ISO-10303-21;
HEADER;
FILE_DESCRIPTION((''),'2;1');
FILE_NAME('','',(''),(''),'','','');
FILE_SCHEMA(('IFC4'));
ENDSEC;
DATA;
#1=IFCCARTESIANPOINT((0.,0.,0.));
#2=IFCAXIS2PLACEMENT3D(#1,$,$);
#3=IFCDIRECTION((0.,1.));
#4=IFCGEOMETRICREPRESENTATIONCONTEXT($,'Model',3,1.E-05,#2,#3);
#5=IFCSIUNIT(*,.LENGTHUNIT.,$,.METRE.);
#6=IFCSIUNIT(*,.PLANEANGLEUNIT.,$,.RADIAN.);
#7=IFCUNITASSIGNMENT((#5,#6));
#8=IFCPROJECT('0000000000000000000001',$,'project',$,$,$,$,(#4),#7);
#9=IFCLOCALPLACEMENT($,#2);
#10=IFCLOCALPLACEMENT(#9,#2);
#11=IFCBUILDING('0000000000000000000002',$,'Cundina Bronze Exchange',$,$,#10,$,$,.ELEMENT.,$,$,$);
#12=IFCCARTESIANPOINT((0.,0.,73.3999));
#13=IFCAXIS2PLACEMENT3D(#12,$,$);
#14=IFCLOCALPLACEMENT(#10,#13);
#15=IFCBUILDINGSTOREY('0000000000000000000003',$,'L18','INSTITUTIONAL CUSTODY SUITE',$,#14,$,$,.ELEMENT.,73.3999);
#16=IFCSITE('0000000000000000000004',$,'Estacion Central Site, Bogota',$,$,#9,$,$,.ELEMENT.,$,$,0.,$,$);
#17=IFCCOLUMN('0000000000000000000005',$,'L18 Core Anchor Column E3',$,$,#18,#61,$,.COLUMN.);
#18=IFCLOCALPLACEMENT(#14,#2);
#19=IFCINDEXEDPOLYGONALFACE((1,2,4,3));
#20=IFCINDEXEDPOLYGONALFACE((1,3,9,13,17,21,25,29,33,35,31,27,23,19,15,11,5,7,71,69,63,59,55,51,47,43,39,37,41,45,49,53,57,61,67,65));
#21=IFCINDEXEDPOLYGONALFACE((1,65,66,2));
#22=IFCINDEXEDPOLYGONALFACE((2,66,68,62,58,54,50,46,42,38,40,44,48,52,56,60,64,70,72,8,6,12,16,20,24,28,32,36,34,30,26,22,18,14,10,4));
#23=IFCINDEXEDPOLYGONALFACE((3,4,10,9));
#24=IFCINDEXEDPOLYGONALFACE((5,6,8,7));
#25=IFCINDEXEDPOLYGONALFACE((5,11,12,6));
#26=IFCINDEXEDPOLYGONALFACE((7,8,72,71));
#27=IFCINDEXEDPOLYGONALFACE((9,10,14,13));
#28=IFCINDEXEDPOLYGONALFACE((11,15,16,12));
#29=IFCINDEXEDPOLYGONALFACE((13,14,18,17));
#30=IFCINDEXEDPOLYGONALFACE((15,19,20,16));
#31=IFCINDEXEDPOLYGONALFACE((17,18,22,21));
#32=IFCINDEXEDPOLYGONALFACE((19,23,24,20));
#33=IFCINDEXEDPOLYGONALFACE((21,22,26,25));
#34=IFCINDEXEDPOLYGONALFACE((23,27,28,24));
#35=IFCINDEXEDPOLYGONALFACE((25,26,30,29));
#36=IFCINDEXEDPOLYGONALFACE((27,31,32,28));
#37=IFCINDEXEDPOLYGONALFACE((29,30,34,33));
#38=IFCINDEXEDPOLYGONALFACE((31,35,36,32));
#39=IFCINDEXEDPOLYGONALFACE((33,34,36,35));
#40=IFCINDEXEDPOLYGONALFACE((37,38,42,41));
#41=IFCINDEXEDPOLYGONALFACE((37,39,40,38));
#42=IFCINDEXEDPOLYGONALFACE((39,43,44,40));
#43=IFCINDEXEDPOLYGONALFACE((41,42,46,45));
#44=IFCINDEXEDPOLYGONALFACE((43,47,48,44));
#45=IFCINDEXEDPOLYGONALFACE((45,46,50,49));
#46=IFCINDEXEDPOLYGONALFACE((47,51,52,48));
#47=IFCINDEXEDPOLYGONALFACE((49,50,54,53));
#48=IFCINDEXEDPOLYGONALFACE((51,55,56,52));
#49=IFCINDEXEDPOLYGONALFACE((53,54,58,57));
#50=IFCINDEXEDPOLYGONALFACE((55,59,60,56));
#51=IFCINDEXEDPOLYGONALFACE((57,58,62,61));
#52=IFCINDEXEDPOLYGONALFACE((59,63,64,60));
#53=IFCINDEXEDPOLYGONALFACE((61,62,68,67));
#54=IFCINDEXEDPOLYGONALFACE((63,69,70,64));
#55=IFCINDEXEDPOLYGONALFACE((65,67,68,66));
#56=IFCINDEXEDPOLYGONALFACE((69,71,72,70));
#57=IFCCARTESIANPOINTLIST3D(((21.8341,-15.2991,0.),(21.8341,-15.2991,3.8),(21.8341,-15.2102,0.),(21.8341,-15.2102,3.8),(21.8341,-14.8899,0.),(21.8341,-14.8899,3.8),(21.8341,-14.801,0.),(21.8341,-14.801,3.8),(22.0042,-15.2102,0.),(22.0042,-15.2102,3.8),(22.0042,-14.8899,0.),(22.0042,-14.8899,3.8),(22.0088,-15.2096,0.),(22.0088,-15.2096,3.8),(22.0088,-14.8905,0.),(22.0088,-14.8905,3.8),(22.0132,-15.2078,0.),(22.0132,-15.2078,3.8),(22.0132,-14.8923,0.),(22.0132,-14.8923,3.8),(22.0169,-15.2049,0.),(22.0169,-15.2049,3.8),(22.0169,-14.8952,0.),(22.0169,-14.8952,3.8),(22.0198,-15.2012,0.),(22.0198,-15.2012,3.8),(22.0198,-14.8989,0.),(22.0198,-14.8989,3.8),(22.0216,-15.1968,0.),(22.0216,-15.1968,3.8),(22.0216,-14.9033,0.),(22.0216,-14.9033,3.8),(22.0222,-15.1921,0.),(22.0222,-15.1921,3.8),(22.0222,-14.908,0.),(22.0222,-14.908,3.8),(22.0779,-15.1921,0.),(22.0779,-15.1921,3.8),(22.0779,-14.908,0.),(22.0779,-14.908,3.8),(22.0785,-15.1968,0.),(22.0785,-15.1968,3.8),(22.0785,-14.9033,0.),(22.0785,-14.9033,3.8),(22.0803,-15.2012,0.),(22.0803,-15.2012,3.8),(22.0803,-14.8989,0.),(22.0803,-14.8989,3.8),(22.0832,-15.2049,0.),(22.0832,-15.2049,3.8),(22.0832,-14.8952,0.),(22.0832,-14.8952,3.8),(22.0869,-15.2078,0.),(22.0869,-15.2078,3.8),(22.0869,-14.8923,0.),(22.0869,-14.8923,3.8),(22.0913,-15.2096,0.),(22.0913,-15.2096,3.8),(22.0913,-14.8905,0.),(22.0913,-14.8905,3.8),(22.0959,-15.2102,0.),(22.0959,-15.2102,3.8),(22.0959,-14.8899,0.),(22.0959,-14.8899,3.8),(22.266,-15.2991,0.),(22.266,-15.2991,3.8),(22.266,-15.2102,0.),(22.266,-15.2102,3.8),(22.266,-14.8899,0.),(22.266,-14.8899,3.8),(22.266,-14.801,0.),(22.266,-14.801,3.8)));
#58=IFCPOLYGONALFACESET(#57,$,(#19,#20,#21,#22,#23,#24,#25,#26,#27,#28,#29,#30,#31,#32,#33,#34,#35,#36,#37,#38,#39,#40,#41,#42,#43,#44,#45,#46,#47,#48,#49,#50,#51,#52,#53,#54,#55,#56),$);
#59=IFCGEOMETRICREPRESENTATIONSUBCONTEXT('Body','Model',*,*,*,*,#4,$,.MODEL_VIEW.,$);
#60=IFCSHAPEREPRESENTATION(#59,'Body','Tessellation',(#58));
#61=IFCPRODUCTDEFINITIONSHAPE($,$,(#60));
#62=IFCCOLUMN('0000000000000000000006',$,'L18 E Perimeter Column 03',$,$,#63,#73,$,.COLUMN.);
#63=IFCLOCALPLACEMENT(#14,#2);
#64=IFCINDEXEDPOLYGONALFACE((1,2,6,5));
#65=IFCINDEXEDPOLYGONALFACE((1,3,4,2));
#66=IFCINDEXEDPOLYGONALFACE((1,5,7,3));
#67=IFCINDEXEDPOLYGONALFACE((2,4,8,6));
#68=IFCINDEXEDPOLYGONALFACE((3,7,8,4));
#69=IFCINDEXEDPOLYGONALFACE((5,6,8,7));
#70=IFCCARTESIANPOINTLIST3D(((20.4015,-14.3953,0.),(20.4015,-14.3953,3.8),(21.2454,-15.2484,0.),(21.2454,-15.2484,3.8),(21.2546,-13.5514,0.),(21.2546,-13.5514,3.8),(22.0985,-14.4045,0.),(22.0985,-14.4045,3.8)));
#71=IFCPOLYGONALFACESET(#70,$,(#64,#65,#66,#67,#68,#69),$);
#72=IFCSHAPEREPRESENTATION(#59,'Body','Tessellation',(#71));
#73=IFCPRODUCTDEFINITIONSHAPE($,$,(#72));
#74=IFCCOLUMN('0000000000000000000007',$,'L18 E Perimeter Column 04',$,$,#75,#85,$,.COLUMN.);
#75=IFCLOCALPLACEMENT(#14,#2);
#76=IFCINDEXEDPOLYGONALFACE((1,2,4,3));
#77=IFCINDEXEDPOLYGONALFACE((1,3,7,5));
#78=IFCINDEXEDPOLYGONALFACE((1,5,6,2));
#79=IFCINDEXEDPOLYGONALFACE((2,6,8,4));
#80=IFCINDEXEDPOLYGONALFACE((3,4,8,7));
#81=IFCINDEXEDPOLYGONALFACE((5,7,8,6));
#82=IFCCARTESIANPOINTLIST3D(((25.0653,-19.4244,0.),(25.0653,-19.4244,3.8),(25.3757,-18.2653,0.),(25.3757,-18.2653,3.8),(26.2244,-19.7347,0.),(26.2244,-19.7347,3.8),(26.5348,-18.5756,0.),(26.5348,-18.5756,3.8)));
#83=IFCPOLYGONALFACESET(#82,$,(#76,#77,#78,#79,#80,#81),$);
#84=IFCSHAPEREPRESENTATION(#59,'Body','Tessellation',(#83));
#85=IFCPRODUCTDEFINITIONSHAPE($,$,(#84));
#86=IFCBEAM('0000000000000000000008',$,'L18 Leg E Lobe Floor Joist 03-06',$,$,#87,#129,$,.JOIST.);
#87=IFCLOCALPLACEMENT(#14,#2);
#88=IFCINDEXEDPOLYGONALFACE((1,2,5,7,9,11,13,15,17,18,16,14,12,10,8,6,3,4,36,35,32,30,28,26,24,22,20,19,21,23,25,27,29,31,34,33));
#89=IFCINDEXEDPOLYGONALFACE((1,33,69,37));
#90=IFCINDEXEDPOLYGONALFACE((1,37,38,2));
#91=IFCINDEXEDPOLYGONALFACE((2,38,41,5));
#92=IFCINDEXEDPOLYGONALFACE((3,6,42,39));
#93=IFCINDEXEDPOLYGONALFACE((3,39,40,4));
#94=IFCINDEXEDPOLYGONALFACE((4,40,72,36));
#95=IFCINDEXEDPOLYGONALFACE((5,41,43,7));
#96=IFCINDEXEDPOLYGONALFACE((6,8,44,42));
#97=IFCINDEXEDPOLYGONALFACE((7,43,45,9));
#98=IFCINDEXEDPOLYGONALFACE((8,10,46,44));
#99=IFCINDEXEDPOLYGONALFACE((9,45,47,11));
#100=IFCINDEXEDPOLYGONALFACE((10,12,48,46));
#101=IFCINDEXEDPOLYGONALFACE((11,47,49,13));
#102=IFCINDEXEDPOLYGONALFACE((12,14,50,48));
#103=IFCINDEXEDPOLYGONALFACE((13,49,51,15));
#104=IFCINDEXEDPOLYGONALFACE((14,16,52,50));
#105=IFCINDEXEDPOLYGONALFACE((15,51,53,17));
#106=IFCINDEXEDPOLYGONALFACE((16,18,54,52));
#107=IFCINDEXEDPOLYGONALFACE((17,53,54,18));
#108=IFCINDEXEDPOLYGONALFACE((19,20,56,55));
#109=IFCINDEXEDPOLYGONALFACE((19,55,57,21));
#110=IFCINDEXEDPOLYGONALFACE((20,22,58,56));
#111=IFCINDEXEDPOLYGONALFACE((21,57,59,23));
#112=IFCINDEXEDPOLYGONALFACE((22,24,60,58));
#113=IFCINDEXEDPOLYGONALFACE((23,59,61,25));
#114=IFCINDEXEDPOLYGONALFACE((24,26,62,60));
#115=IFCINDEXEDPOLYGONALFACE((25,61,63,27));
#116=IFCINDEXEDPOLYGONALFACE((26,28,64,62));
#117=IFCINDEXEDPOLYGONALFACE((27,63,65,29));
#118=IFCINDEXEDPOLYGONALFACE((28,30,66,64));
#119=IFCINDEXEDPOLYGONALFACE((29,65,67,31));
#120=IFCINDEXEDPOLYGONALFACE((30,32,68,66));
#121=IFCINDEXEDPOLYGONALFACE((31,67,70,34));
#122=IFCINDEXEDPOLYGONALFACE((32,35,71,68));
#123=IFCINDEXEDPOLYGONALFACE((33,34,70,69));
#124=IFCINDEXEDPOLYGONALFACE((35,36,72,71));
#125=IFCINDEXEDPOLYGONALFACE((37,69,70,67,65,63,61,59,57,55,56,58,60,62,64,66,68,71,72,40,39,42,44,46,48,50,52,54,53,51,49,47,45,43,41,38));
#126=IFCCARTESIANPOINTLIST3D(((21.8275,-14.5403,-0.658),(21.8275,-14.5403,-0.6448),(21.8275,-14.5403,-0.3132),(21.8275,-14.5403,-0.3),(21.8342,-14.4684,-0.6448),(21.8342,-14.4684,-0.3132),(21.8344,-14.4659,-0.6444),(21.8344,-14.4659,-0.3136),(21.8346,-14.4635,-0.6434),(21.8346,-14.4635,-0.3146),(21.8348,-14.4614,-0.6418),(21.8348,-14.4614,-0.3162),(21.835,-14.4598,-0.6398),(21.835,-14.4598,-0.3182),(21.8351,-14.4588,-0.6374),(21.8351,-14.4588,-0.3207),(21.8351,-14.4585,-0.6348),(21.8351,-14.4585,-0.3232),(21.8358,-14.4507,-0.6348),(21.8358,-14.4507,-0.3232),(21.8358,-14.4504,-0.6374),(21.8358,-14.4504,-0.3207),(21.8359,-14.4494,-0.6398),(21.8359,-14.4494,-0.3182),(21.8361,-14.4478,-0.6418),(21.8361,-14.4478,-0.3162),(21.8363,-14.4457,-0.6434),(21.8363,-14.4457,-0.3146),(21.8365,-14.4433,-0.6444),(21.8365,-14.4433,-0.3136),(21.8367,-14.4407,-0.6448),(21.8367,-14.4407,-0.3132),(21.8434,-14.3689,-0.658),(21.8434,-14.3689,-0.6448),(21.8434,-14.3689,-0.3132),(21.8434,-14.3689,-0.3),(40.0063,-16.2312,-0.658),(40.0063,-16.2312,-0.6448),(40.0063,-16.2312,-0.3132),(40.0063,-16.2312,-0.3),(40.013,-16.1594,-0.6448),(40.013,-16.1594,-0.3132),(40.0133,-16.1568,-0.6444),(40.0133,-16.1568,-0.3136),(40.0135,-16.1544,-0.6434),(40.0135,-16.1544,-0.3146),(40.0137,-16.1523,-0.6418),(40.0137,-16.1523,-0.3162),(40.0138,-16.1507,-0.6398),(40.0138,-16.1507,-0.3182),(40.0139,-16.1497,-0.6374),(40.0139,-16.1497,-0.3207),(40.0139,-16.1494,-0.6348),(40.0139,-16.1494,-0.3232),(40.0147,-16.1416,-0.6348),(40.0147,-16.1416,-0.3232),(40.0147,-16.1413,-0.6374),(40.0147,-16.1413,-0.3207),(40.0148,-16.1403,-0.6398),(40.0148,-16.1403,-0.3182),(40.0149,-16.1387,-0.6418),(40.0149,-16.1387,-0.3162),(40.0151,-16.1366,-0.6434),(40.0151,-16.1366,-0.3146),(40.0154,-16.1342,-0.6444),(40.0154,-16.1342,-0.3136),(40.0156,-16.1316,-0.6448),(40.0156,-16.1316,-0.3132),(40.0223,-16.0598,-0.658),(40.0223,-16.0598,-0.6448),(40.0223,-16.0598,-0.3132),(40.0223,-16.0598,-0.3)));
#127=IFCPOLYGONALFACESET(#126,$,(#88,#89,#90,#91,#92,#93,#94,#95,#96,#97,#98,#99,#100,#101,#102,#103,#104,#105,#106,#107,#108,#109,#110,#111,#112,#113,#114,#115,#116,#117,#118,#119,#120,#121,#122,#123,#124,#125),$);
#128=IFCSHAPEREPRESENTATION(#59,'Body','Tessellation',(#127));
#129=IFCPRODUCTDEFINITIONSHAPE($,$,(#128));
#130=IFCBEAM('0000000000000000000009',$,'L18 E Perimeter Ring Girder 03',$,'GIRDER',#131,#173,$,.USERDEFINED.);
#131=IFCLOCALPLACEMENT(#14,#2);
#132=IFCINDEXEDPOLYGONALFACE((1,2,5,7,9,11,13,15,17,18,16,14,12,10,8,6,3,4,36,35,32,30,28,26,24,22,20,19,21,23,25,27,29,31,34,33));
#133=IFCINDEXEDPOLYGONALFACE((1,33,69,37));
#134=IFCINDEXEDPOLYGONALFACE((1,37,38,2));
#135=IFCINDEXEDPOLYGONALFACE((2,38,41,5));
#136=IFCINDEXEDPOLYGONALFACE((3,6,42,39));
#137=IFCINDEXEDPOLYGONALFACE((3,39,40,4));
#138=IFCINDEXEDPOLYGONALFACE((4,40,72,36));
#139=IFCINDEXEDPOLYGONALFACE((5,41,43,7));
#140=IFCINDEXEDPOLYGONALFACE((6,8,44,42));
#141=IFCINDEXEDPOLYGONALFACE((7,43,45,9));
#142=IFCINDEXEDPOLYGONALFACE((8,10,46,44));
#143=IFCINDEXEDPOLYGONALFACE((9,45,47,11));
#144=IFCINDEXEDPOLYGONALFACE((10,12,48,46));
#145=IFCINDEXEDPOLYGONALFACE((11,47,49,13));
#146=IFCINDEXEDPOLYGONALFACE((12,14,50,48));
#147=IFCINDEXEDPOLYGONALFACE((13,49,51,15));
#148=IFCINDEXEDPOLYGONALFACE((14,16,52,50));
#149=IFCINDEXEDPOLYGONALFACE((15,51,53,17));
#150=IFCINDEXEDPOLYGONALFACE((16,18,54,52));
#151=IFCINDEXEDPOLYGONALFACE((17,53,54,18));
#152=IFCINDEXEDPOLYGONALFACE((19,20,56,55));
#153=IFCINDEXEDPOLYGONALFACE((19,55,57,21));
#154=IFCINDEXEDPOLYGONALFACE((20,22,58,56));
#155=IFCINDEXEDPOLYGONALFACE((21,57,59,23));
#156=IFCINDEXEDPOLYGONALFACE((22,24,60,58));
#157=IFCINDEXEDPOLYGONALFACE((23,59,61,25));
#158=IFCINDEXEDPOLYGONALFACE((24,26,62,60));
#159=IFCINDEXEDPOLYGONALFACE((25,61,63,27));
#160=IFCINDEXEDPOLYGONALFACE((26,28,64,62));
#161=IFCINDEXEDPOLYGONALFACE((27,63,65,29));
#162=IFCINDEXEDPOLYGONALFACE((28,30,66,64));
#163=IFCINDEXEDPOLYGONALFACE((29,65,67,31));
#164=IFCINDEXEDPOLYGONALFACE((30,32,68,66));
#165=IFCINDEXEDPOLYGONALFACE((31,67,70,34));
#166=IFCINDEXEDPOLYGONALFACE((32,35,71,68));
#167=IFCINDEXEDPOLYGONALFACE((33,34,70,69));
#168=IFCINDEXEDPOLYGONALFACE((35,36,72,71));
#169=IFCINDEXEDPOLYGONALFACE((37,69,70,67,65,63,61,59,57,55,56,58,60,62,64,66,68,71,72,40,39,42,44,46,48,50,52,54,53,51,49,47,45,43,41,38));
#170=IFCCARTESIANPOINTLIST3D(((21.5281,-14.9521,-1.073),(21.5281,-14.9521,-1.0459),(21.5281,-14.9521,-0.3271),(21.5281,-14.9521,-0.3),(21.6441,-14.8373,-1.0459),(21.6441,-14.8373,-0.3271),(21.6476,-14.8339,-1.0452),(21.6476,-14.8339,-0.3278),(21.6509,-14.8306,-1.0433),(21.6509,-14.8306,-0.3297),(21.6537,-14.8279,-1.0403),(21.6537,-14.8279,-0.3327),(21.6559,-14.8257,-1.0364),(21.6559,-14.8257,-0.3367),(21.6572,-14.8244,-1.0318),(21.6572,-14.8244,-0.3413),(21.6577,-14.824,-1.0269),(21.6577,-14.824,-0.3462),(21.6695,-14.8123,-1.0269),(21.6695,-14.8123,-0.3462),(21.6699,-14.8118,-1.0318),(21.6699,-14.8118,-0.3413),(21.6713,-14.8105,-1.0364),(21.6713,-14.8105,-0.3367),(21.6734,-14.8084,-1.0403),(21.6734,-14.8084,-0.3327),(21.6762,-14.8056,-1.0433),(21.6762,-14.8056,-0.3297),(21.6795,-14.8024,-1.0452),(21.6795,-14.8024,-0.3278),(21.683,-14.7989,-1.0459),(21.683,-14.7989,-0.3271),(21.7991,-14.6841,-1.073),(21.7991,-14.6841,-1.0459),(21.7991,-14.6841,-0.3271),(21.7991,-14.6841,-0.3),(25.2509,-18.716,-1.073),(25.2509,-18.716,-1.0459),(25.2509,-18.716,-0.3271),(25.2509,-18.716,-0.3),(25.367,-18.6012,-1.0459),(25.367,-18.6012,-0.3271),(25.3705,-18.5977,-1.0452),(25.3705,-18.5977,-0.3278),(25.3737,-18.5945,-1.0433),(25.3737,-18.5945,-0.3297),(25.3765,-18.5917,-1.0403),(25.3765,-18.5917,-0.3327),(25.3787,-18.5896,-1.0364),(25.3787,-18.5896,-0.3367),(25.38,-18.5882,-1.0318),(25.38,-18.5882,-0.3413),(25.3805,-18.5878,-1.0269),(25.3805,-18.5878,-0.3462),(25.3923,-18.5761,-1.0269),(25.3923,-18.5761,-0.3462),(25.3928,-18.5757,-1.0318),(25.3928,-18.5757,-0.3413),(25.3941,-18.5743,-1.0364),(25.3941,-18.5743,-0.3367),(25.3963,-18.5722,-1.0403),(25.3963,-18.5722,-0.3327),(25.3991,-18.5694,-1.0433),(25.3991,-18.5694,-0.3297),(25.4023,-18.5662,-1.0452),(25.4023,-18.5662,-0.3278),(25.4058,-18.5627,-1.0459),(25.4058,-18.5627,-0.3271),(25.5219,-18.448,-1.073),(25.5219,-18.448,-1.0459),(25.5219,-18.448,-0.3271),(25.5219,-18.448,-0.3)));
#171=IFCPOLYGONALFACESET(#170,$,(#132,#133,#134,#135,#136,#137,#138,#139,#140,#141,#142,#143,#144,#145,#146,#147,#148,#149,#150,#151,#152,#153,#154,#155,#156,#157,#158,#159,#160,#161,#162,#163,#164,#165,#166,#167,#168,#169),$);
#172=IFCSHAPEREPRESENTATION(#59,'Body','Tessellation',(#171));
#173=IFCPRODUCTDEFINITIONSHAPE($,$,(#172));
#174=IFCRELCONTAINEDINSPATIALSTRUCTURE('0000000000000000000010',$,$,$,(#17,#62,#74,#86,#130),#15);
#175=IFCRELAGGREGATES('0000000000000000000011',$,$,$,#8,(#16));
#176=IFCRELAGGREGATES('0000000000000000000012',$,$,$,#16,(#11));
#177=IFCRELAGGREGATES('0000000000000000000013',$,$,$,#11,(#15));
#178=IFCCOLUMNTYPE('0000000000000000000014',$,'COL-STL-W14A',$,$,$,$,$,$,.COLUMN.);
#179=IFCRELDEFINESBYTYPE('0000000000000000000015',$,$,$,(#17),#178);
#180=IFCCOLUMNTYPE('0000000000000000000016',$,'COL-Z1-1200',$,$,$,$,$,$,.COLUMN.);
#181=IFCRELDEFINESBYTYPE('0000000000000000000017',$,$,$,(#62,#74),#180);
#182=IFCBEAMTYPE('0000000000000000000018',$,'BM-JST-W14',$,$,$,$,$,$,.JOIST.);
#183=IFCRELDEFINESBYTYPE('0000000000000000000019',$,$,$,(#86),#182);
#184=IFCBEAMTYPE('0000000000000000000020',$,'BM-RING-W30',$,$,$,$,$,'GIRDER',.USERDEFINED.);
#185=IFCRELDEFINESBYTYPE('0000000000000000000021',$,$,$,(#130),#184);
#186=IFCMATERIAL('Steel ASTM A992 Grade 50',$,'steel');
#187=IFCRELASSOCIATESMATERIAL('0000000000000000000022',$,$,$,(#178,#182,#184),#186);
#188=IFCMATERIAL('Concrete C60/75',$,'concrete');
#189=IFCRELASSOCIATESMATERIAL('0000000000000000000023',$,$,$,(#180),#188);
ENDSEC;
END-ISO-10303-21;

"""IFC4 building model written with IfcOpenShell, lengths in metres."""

from ifc_helpers import new_model, si_unit, direction, frame, origin, origin_2d, place, context, subcontext, project, spatial, rectangle, i_section, extrude, material, material_profile, profile_set, type_object, element, save


model = new_model("IFC4")

# Units and contexts
model_context = context("Model", 3, precision=1e-05, world=origin(), true_north=direction((0.0, 1.0)))
body_context = subcontext(model_context, "Body", "Model", "MODEL_VIEW")
ifc_project = project(units=[si_unit("LENGTHUNIT", "METRE"), si_unit("PLANEANGLEUNIT", "RADIAN")], contexts=[model_context])

# Site, building, storey
site_placement = place(None, origin())
site = spatial("IfcSite", under=ifc_project, at=site_placement, Name="Estacion Central Site, Bogota", CompositionType="ELEMENT", RefElevation=0.0)
building_placement = place(site_placement, origin())
building = spatial("IfcBuilding", under=site, at=building_placement, Name="Cundina Bronze Exchange", CompositionType="ELEMENT")
storey_placement = place(building_placement, frame((0.0, 0.0, 73.3999)))
storey = spatial("IfcBuildingStorey", under=building, at=storey_placement, Name="L18", Description="INSTITUTIONAL CUSTODY SUITE", CompositionType="ELEMENT", Elevation=73.3999)

# Columns
ifc_material_1 = material(Name="Steel ASTM A992 Grade 50", Category="steel")
ifc_material_profile_1 = material_profile(ifc_material_1, i_section(OverallWidth=0.4319, OverallDepth=0.498, WebThickness=0.0557, FlangeThickness=0.0889, FilletRadius=0.0181, at=origin_2d()), Name="W14X500", Category="steel")
ifc_profile_set_1 = profile_set([ifc_material_profile_1], Name="Steel ASTM A992 Grade 50")
column_type_1 = type_object("IfcColumnType", Name="COL-STL-W14A", PredefinedType="COLUMN", material=ifc_profile_set_1)
column_placement = place(storey_placement, frame((22.05, -15.05, 0.0), z_axis=(0.0, 0.0, 1.0), x_axis=(1.0, 0.0, 0.0)))
element("IfcColumn", 1, at=column_placement, inside=storey, type_object=column_type_1, Name="L18 Core Anchor Column E3", PredefinedType="COLUMN", context=body_context, shape_type="SweptSolid", body=[
    extrude(i_section(OverallWidth=0.4319, OverallDepth=0.498, WebThickness=0.0557, FlangeThickness=0.0889, FilletRadius=0.0181, at=origin_2d()), origin(), (0.0, 0.0, 1.0), 3.8),
])
ifc_material_2 = material(Name="Concrete C60/75", Category="concrete")
ifc_material_profile_2 = material_profile(ifc_material_2, rectangle(XDim=1.2, YDim=1.2, at=origin_2d()), Name="RC1200X1200", Category="concrete")
ifc_profile_set_2 = profile_set([ifc_material_profile_2], Name="Concrete C60/75")
column_type_2 = type_object("IfcColumnType", Name="COL-Z1-1200", PredefinedType="COLUMN", material=ifc_profile_set_2)
for number, where, z_axis, x_axis, name in (
    (2, (21.25, -14.3999, 0.0), (0.0, 0.0, 1.0), (0.703271, -0.710922, 0.0), "L18 E Perimeter Column 03"),
    (3, (25.8, -19.0, 0.0), (0.0, 0.0, 1.0), (0.965971, -0.25865, 0.0), "L18 E Perimeter Column 04"),
):
    element("IfcColumn", number, at=place(storey_placement, frame(where, z_axis=z_axis, x_axis=x_axis)), inside=storey, type_object=column_type_2, Name=name, PredefinedType="COLUMN", context=body_context, shape_type="SweptSolid", body=[
        extrude(rectangle(XDim=1.2, YDim=1.2, at=origin_2d()), origin(), (0.0, 0.0, 1.0), 3.8),
    ])

# Beams
ifc_material_profile_3 = material_profile(ifc_material_1, i_section(OverallWidth=0.1721, OverallDepth=0.3579, WebThickness=0.0078, FlangeThickness=0.0132, FilletRadius=0.01, at=origin_2d()), Name="W14X38", Category="steel")
ifc_profile_set_3 = profile_set([ifc_material_profile_3], Name="Steel ASTM A992 Grade 50")
beam_type_1 = type_object("IfcBeamType", Name="BM-JST-W14", PredefinedType="JOIST", material=ifc_profile_set_3)
beam_1_placement = place(storey_placement, frame((21.8354, -14.4546, -0.479), z_axis=(0.995702, -0.092615, 0.0), x_axis=(0.092615, 0.995702, 0.0)))
element("IfcBeam", 4, at=beam_1_placement, inside=storey, type_object=beam_type_1, Name="L18 Leg E Lobe Floor Joist 03-06", PredefinedType="JOIST", context=body_context, shape_type="SweptSolid", body=[
    extrude(i_section(OverallWidth=0.1721, OverallDepth=0.3579, WebThickness=0.0078, FlangeThickness=0.0132, FilletRadius=0.01, at=origin_2d()), origin(), (0.0, 0.0, 1.0), 18.2573),
])
ifc_material_profile_4 = material_profile(ifc_material_1, i_section(OverallWidth=0.3811, OverallDepth=0.7729, WebThickness=0.0166, FlangeThickness=0.0271, FilletRadius=0.019, at=origin_2d()), Name="W30X173", Category="steel")
ifc_profile_set_4 = profile_set([ifc_material_profile_4], Name="Steel ASTM A992 Grade 50")
beam_type_2 = type_object("IfcBeamType", Name="BM-RING-W30", ElementType="GIRDER", PredefinedType="USERDEFINED", material=ifc_profile_set_4)
beam_2_placement = place(storey_placement, frame((21.6636, -14.8181, -0.6865), z_axis=(0.703222, -0.71097, 0.0), x_axis=(0.71097, 0.703222, 0.0)))
element("IfcBeam", 5, at=beam_2_placement, inside=storey, type_object=beam_type_2, Name="L18 E Perimeter Ring Girder 03", ObjectType="GIRDER", PredefinedType="USERDEFINED", context=body_context, shape_type="SweptSolid", body=[
    extrude(i_section(OverallWidth=0.3811, OverallDepth=0.7729, WebThickness=0.0166, FlangeThickness=0.0271, FilletRadius=0.019, at=origin_2d()), origin(), (0.0, 0.0, 1.0), 5.2939),
])

save(model, "model.ifc")
